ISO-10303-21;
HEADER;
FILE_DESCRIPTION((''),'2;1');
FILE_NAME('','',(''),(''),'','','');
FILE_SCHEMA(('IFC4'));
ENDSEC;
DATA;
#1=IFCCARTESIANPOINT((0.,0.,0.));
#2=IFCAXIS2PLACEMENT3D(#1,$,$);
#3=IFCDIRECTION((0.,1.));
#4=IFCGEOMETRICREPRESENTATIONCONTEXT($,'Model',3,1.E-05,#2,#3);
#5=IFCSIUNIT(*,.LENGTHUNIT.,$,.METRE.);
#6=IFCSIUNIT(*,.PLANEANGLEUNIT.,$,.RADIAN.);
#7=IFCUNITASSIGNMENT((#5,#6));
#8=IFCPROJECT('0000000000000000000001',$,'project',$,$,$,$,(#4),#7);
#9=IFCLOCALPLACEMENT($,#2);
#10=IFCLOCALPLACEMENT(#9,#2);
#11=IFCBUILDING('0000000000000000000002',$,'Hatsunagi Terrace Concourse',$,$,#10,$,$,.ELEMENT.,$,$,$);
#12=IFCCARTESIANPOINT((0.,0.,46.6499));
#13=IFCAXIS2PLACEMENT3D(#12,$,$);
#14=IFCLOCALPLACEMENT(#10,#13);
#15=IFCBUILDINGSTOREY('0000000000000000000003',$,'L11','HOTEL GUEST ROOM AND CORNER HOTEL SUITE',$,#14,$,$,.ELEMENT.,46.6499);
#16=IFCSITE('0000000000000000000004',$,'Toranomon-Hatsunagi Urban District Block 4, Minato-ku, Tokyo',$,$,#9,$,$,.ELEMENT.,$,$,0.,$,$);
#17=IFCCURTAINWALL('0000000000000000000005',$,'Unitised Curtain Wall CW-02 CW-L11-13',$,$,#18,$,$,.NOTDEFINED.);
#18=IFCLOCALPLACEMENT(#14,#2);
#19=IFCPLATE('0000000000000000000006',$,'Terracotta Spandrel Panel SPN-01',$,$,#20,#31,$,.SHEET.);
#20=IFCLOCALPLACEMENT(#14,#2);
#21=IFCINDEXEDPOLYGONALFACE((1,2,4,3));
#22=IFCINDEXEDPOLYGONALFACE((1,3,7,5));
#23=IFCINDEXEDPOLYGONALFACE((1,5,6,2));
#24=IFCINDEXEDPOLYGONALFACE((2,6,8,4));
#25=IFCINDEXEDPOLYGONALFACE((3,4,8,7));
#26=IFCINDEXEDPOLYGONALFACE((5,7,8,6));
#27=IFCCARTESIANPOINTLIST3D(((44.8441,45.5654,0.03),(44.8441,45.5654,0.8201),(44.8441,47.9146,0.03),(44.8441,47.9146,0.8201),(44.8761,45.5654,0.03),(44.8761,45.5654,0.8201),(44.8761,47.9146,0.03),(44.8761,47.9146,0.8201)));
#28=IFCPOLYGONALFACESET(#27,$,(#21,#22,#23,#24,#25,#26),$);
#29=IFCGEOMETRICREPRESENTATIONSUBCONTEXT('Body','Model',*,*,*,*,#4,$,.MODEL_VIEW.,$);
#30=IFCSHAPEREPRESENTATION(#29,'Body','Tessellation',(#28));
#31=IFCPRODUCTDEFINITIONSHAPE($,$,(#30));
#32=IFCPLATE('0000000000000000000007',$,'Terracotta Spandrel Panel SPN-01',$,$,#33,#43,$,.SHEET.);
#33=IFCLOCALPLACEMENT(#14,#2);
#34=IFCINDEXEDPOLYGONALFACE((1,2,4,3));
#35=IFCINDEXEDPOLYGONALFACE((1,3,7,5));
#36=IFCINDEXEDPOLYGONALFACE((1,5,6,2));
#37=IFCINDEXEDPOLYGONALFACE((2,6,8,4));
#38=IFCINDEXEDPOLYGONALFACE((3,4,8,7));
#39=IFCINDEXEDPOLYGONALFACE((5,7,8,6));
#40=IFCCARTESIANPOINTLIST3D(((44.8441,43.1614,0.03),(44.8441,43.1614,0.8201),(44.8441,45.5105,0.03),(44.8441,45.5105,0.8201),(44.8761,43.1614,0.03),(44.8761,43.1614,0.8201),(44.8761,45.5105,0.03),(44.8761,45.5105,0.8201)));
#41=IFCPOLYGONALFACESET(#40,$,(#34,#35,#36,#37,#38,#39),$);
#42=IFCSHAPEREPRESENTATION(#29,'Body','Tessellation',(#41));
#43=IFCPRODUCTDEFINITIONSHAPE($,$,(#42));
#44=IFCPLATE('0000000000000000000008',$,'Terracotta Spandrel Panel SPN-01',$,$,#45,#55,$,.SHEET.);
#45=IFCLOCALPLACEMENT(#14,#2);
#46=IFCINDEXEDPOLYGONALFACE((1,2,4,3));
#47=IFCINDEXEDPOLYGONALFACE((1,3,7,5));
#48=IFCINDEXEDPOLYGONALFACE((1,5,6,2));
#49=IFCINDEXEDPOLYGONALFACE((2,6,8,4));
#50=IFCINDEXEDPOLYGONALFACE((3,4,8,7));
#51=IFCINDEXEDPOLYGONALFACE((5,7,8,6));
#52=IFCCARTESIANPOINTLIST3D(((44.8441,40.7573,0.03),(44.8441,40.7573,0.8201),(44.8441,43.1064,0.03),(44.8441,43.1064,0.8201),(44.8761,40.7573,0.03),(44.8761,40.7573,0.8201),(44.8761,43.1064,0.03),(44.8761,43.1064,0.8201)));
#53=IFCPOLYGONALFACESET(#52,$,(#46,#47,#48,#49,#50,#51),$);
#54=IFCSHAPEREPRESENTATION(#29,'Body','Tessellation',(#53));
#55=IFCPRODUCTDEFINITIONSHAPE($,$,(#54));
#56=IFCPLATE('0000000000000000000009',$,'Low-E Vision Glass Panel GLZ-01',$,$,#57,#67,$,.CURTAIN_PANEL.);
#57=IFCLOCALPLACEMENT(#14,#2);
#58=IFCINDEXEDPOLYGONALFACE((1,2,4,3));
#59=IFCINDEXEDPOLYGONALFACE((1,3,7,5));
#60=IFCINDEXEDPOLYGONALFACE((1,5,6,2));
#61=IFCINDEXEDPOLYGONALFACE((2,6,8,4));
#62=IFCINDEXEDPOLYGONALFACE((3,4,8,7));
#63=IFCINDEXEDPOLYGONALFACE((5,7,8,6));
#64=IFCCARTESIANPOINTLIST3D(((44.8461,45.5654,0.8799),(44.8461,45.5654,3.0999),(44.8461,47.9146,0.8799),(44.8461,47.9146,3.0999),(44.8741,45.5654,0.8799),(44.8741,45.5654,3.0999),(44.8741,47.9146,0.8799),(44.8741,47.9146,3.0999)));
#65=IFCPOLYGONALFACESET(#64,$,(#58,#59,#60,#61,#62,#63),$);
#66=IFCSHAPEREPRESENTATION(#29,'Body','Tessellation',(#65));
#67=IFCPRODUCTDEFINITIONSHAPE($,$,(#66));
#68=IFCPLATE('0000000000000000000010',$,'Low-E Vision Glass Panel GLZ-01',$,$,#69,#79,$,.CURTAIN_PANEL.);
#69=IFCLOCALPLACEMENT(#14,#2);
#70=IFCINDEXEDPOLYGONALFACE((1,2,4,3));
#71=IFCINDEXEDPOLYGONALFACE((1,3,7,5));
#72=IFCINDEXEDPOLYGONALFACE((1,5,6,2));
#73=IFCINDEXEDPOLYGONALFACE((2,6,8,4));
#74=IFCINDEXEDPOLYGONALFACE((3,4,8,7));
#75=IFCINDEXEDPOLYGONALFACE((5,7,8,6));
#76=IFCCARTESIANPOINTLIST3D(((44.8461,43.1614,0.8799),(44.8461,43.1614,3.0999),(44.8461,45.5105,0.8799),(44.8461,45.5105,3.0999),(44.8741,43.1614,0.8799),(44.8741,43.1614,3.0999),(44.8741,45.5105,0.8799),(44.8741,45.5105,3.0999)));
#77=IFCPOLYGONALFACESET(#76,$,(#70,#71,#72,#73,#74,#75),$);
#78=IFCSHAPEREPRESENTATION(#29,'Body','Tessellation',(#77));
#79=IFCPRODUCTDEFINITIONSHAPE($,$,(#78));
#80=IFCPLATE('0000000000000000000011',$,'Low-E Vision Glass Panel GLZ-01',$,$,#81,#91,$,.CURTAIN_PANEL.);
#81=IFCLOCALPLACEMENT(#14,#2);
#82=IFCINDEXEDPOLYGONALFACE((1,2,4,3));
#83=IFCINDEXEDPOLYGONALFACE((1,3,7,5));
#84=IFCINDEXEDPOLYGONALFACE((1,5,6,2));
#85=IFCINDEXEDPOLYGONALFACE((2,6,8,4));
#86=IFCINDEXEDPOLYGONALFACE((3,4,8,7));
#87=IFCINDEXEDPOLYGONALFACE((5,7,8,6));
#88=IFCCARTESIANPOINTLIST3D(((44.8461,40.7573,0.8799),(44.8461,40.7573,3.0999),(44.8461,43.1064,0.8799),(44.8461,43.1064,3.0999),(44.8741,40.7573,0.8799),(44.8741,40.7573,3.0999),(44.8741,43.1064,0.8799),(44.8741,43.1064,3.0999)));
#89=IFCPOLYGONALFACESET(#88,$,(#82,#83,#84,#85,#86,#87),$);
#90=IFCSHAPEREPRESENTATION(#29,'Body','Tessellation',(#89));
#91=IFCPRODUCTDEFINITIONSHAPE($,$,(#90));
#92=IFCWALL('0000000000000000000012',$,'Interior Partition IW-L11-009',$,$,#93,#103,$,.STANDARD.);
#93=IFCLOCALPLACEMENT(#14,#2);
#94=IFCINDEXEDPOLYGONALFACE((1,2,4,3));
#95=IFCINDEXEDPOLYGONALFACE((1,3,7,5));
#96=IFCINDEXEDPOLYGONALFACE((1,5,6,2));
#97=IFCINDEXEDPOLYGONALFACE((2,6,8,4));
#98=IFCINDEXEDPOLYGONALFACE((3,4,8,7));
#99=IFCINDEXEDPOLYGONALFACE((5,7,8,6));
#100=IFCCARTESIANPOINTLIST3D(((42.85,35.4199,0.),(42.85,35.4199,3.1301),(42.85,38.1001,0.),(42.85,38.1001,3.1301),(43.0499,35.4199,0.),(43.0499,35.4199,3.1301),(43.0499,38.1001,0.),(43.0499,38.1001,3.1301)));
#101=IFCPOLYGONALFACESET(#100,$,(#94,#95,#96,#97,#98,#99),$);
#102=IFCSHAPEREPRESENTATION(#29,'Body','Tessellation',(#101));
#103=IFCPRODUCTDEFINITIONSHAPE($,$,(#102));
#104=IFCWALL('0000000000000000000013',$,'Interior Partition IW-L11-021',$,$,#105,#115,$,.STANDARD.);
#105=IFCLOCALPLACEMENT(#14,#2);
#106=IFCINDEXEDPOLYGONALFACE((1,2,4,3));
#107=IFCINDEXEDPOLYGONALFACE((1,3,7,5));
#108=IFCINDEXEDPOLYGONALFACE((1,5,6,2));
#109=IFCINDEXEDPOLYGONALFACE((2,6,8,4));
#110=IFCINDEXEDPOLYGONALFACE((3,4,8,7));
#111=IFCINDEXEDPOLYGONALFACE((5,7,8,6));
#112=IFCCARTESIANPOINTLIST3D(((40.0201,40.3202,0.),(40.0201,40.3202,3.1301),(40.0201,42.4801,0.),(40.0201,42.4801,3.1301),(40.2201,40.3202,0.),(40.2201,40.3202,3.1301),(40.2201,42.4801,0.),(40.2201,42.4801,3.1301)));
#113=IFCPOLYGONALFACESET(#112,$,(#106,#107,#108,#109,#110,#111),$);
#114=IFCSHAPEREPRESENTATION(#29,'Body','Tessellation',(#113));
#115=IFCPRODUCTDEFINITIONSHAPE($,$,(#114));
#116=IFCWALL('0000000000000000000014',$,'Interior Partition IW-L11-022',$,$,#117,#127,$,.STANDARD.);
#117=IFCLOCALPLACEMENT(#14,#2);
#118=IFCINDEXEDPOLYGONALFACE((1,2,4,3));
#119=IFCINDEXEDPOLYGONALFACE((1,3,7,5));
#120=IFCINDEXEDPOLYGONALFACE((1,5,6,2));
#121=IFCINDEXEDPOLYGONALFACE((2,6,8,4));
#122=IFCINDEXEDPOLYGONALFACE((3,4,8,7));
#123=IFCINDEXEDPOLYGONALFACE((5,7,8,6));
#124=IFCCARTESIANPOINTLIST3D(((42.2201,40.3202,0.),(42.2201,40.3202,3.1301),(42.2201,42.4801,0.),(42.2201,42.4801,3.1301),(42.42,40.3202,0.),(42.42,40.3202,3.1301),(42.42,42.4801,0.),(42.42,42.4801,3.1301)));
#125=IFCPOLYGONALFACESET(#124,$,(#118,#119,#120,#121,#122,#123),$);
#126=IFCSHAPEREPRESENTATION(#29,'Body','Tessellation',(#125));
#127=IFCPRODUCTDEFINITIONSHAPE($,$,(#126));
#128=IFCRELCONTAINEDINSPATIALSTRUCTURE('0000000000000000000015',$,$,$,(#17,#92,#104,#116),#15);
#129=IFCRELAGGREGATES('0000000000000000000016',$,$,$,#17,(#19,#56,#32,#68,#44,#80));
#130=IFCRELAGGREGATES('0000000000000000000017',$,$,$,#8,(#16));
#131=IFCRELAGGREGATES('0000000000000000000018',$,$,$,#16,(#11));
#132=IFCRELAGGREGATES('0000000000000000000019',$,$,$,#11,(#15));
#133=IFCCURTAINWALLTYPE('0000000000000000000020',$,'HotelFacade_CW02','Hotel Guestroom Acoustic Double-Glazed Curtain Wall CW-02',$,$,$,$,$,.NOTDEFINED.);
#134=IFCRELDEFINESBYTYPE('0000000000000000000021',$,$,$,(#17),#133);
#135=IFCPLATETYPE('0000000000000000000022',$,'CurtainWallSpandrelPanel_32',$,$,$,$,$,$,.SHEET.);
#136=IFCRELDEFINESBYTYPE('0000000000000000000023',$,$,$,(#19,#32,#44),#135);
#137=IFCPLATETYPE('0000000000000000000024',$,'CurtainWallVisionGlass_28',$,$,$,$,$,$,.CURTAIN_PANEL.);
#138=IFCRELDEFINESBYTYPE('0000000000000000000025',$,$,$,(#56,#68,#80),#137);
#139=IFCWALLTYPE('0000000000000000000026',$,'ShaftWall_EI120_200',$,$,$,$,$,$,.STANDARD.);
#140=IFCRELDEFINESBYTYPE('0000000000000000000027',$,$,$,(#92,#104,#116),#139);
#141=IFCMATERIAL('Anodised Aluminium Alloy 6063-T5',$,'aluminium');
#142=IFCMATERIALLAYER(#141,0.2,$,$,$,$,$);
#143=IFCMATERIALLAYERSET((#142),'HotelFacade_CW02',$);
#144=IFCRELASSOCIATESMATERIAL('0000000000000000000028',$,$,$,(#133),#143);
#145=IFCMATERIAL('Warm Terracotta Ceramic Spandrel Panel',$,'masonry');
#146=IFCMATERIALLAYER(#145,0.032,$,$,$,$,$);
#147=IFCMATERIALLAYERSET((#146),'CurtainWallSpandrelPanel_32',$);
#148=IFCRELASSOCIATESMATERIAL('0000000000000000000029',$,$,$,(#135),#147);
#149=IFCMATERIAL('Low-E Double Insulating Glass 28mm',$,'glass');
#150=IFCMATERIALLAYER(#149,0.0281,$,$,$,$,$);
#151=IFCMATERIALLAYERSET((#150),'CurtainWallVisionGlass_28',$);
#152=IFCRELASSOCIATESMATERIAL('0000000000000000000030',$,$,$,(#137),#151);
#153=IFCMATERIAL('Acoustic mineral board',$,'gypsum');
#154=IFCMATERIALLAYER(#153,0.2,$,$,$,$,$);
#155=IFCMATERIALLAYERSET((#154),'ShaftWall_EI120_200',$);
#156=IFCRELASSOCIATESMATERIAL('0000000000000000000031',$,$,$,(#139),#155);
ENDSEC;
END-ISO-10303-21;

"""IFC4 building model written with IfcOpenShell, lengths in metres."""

from ifc_helpers import new_model, si_unit, direction, frame, frame_2d, origin, origin_2d, place, context, subcontext, project, spatial, rectangle, extrude, material, layer, layer_set, type_object, element, aggregate, save


model = new_model("IFC4")

# Units and contexts
model_context = context("Model", 3, precision=1e-05, world=origin(), true_north=direction((0.0, 1.0)))
body_context = subcontext(model_context, "Body", "Model", "MODEL_VIEW")
ifc_project = project(units=[si_unit("LENGTHUNIT", "METRE"), si_unit("PLANEANGLEUNIT", "RADIAN")], contexts=[model_context])

# Site, building, storey
site_placement = place(None, origin())
site = spatial("IfcSite", under=ifc_project, at=site_placement, Name="Toranomon-Hatsunagi Urban District Block 4, Minato-ku, Tokyo", CompositionType="ELEMENT", RefElevation=0.0)
building_placement = place(site_placement, origin())
building = spatial("IfcBuilding", under=site, at=building_placement, Name="Hatsunagi Terrace Concourse", CompositionType="ELEMENT")
storey_placement = place(building_placement, frame((0.0, 0.0, 46.6499)))
storey = spatial("IfcBuildingStorey", under=building, at=storey_placement, Name="L11", Description="HOTEL GUEST ROOM AND CORNER HOTEL SUITE", CompositionType="ELEMENT", Elevation=46.6499)

# Curtain wall
ifc_material_1 = material(Name="Anodised Aluminium Alloy 6063-T5", Category="aluminium")
ifc_layer_1 = layer(ifc_material_1, 0.2)
ifc_layer_set_1 = layer_set([ifc_layer_1], Name="HotelFacade_CW02")
curtain_wall_type = type_object("IfcCurtainWallType", Name="HotelFacade_CW02", Description="Hotel Guestroom Acoustic Double-Glazed Curtain Wall CW-02", PredefinedType="NOTDEFINED", material=ifc_layer_set_1)
curtain_wall_placement = place(storey_placement, origin())
curtain_wall = element("IfcCurtainWall", 1, at=curtain_wall_placement, inside=storey, type_object=curtain_wall_type, Name="Unitised Curtain Wall CW-02 CW-L11-13", PredefinedType="NOTDEFINED")

# Plates
ifc_material_2 = material(Name="Warm Terracotta Ceramic Spandrel Panel", Category="masonry")
ifc_layer_2 = layer(ifc_material_2, 0.032)
ifc_layer_set_2 = layer_set([ifc_layer_2], Name="CurtainWallSpandrelPanel_32")
plate_type_1 = type_object("IfcPlateType", Name="CurtainWallSpandrelPanel_32", PredefinedType="SHEET", material=ifc_layer_set_2)
plate_1_placement = place(storey_placement, frame((44.8601, 46.74, 0.03), z_axis=(0.0, 0.0, 1.0), x_axis=(0.0, -1.0, 0.0)))
plate_1 = element("IfcPlate", 2, at=plate_1_placement, type_object=plate_type_1, Name="Terracotta Spandrel Panel SPN-01", PredefinedType="SHEET", context=body_context, shape_type="SweptSolid", body=[
    extrude(rectangle(XDim=2.3491, YDim=0.032, at=origin_2d()), origin(), (0.0, 0.0, 1.0), 0.79),
])
plate_2_placement = place(storey_placement, frame((44.8601, 44.3359, 0.03), z_axis=(0.0, 0.0, 1.0), x_axis=(0.0, -1.0, 0.0)))
plate_2 = element("IfcPlate", 3, at=plate_2_placement, type_object=plate_type_1, Name="Terracotta Spandrel Panel SPN-01", PredefinedType="SHEET", context=body_context, shape_type="SweptSolid", body=[
    extrude(rectangle(XDim=2.3491, YDim=0.032, at=origin_2d()), origin(), (0.0, 0.0, 1.0), 0.79),
])
plate_3_placement = place(storey_placement, frame((44.8601, 41.9319, 0.03), z_axis=(0.0, 0.0, 1.0), x_axis=(0.0, -1.0, 0.0)))
plate_3 = element("IfcPlate", 4, at=plate_3_placement, type_object=plate_type_1, Name="Terracotta Spandrel Panel SPN-01", PredefinedType="SHEET", context=body_context, shape_type="SweptSolid", body=[
    extrude(rectangle(XDim=2.3491, YDim=0.032, at=origin_2d()), origin(), (0.0, 0.0, 1.0), 0.79),
])
ifc_material_3 = material(Name="Low-E Double Insulating Glass 28mm", Category="glass")
ifc_layer_3 = layer(ifc_material_3, 0.0281)
ifc_layer_set_3 = layer_set([ifc_layer_3], Name="CurtainWallVisionGlass_28")
plate_type_2 = type_object("IfcPlateType", Name="CurtainWallVisionGlass_28", PredefinedType="CURTAIN_PANEL", material=ifc_layer_set_3)
plate_4_placement = place(storey_placement, frame((44.8601, 46.74, 0.8799), z_axis=(0.0, 0.0, 1.0), x_axis=(0.0, -1.0, 0.0)))
plate_4 = element("IfcPlate", 5, at=plate_4_placement, type_object=plate_type_2, Name="Low-E Vision Glass Panel GLZ-01", PredefinedType="CURTAIN_PANEL", context=body_context, shape_type="SweptSolid", body=[
    extrude(rectangle(XDim=2.3491, YDim=0.0281, at=origin_2d()), origin(), (0.0, 0.0, 1.0), 2.22),
])
plate_5_placement = place(storey_placement, frame((44.8601, 44.3359, 0.8799), z_axis=(0.0, 0.0, 1.0), x_axis=(0.0, -1.0, 0.0)))
plate_5 = element("IfcPlate", 6, at=plate_5_placement, type_object=plate_type_2, Name="Low-E Vision Glass Panel GLZ-01", PredefinedType="CURTAIN_PANEL", context=body_context, shape_type="SweptSolid", body=[
    extrude(rectangle(XDim=2.3491, YDim=0.0281, at=origin_2d()), origin(), (0.0, 0.0, 1.0), 2.22),
])
plate_6_placement = place(storey_placement, frame((44.8601, 41.9319, 0.8799), z_axis=(0.0, 0.0, 1.0), x_axis=(0.0, -1.0, 0.0)))
plate_6 = element("IfcPlate", 7, at=plate_6_placement, type_object=plate_type_2, Name="Low-E Vision Glass Panel GLZ-01", PredefinedType="CURTAIN_PANEL", context=body_context, shape_type="SweptSolid", body=[
    extrude(rectangle(XDim=2.3491, YDim=0.0281, at=origin_2d()), origin(), (0.0, 0.0, 1.0), 2.22),
])
aggregate(curtain_wall, [plate_1, plate_4, plate_2, plate_5, plate_3, plate_6])

# Walls
ifc_material_4 = material(Name="Acoustic mineral board", Category="gypsum")
ifc_layer_4 = layer(ifc_material_4, 0.2)
ifc_layer_set_4 = layer_set([ifc_layer_4], Name="ShaftWall_EI120_200")
wall_type_1 = type_object("IfcWallType", Name="ShaftWall_EI120_200", PredefinedType="STANDARD", material=ifc_layer_set_4)
wall_1_placement = place(storey_placement, frame((42.95, 35.4199, 0.0), z_axis=(0.0, 0.0, 1.0), x_axis=(0.0, 1.0, 0.0)))
element("IfcWall", 8, at=wall_1_placement, inside=storey, type_object=wall_type_1, Name="Interior Partition IW-L11-009", PredefinedType="STANDARD", context=body_context, shape_type="SweptSolid", body=[
    extrude(rectangle(XDim=2.6802, YDim=0.2, at=frame_2d((1.3401, 0.0))), origin(), (0.0, 0.0, 1.0), 3.1301),
])
for number, where, z_axis, x_axis, name in (
    (9, (40.1201, 40.3201, 0.0), (0.0, 0.0, 1.0), (0.0, 1.0, 0.0), "Interior Partition IW-L11-021"),
    (10, (42.3201, 40.3201, 0.0), (0.0, 0.0, 1.0), (0.0, 1.0, 0.0), "Interior Partition IW-L11-022"),
):
    element("IfcWall", number, at=place(storey_placement, frame(where, z_axis=z_axis, x_axis=x_axis)), inside=storey, type_object=wall_type_1, Name=name, PredefinedType="STANDARD", context=body_context, shape_type="SweptSolid", body=[
        extrude(rectangle(XDim=2.1599, YDim=0.2, at=frame_2d((1.0801, 0.0))), origin(), (0.0, 0.0, 1.0), 3.1301),
    ])

save(model, "model.ifc")
